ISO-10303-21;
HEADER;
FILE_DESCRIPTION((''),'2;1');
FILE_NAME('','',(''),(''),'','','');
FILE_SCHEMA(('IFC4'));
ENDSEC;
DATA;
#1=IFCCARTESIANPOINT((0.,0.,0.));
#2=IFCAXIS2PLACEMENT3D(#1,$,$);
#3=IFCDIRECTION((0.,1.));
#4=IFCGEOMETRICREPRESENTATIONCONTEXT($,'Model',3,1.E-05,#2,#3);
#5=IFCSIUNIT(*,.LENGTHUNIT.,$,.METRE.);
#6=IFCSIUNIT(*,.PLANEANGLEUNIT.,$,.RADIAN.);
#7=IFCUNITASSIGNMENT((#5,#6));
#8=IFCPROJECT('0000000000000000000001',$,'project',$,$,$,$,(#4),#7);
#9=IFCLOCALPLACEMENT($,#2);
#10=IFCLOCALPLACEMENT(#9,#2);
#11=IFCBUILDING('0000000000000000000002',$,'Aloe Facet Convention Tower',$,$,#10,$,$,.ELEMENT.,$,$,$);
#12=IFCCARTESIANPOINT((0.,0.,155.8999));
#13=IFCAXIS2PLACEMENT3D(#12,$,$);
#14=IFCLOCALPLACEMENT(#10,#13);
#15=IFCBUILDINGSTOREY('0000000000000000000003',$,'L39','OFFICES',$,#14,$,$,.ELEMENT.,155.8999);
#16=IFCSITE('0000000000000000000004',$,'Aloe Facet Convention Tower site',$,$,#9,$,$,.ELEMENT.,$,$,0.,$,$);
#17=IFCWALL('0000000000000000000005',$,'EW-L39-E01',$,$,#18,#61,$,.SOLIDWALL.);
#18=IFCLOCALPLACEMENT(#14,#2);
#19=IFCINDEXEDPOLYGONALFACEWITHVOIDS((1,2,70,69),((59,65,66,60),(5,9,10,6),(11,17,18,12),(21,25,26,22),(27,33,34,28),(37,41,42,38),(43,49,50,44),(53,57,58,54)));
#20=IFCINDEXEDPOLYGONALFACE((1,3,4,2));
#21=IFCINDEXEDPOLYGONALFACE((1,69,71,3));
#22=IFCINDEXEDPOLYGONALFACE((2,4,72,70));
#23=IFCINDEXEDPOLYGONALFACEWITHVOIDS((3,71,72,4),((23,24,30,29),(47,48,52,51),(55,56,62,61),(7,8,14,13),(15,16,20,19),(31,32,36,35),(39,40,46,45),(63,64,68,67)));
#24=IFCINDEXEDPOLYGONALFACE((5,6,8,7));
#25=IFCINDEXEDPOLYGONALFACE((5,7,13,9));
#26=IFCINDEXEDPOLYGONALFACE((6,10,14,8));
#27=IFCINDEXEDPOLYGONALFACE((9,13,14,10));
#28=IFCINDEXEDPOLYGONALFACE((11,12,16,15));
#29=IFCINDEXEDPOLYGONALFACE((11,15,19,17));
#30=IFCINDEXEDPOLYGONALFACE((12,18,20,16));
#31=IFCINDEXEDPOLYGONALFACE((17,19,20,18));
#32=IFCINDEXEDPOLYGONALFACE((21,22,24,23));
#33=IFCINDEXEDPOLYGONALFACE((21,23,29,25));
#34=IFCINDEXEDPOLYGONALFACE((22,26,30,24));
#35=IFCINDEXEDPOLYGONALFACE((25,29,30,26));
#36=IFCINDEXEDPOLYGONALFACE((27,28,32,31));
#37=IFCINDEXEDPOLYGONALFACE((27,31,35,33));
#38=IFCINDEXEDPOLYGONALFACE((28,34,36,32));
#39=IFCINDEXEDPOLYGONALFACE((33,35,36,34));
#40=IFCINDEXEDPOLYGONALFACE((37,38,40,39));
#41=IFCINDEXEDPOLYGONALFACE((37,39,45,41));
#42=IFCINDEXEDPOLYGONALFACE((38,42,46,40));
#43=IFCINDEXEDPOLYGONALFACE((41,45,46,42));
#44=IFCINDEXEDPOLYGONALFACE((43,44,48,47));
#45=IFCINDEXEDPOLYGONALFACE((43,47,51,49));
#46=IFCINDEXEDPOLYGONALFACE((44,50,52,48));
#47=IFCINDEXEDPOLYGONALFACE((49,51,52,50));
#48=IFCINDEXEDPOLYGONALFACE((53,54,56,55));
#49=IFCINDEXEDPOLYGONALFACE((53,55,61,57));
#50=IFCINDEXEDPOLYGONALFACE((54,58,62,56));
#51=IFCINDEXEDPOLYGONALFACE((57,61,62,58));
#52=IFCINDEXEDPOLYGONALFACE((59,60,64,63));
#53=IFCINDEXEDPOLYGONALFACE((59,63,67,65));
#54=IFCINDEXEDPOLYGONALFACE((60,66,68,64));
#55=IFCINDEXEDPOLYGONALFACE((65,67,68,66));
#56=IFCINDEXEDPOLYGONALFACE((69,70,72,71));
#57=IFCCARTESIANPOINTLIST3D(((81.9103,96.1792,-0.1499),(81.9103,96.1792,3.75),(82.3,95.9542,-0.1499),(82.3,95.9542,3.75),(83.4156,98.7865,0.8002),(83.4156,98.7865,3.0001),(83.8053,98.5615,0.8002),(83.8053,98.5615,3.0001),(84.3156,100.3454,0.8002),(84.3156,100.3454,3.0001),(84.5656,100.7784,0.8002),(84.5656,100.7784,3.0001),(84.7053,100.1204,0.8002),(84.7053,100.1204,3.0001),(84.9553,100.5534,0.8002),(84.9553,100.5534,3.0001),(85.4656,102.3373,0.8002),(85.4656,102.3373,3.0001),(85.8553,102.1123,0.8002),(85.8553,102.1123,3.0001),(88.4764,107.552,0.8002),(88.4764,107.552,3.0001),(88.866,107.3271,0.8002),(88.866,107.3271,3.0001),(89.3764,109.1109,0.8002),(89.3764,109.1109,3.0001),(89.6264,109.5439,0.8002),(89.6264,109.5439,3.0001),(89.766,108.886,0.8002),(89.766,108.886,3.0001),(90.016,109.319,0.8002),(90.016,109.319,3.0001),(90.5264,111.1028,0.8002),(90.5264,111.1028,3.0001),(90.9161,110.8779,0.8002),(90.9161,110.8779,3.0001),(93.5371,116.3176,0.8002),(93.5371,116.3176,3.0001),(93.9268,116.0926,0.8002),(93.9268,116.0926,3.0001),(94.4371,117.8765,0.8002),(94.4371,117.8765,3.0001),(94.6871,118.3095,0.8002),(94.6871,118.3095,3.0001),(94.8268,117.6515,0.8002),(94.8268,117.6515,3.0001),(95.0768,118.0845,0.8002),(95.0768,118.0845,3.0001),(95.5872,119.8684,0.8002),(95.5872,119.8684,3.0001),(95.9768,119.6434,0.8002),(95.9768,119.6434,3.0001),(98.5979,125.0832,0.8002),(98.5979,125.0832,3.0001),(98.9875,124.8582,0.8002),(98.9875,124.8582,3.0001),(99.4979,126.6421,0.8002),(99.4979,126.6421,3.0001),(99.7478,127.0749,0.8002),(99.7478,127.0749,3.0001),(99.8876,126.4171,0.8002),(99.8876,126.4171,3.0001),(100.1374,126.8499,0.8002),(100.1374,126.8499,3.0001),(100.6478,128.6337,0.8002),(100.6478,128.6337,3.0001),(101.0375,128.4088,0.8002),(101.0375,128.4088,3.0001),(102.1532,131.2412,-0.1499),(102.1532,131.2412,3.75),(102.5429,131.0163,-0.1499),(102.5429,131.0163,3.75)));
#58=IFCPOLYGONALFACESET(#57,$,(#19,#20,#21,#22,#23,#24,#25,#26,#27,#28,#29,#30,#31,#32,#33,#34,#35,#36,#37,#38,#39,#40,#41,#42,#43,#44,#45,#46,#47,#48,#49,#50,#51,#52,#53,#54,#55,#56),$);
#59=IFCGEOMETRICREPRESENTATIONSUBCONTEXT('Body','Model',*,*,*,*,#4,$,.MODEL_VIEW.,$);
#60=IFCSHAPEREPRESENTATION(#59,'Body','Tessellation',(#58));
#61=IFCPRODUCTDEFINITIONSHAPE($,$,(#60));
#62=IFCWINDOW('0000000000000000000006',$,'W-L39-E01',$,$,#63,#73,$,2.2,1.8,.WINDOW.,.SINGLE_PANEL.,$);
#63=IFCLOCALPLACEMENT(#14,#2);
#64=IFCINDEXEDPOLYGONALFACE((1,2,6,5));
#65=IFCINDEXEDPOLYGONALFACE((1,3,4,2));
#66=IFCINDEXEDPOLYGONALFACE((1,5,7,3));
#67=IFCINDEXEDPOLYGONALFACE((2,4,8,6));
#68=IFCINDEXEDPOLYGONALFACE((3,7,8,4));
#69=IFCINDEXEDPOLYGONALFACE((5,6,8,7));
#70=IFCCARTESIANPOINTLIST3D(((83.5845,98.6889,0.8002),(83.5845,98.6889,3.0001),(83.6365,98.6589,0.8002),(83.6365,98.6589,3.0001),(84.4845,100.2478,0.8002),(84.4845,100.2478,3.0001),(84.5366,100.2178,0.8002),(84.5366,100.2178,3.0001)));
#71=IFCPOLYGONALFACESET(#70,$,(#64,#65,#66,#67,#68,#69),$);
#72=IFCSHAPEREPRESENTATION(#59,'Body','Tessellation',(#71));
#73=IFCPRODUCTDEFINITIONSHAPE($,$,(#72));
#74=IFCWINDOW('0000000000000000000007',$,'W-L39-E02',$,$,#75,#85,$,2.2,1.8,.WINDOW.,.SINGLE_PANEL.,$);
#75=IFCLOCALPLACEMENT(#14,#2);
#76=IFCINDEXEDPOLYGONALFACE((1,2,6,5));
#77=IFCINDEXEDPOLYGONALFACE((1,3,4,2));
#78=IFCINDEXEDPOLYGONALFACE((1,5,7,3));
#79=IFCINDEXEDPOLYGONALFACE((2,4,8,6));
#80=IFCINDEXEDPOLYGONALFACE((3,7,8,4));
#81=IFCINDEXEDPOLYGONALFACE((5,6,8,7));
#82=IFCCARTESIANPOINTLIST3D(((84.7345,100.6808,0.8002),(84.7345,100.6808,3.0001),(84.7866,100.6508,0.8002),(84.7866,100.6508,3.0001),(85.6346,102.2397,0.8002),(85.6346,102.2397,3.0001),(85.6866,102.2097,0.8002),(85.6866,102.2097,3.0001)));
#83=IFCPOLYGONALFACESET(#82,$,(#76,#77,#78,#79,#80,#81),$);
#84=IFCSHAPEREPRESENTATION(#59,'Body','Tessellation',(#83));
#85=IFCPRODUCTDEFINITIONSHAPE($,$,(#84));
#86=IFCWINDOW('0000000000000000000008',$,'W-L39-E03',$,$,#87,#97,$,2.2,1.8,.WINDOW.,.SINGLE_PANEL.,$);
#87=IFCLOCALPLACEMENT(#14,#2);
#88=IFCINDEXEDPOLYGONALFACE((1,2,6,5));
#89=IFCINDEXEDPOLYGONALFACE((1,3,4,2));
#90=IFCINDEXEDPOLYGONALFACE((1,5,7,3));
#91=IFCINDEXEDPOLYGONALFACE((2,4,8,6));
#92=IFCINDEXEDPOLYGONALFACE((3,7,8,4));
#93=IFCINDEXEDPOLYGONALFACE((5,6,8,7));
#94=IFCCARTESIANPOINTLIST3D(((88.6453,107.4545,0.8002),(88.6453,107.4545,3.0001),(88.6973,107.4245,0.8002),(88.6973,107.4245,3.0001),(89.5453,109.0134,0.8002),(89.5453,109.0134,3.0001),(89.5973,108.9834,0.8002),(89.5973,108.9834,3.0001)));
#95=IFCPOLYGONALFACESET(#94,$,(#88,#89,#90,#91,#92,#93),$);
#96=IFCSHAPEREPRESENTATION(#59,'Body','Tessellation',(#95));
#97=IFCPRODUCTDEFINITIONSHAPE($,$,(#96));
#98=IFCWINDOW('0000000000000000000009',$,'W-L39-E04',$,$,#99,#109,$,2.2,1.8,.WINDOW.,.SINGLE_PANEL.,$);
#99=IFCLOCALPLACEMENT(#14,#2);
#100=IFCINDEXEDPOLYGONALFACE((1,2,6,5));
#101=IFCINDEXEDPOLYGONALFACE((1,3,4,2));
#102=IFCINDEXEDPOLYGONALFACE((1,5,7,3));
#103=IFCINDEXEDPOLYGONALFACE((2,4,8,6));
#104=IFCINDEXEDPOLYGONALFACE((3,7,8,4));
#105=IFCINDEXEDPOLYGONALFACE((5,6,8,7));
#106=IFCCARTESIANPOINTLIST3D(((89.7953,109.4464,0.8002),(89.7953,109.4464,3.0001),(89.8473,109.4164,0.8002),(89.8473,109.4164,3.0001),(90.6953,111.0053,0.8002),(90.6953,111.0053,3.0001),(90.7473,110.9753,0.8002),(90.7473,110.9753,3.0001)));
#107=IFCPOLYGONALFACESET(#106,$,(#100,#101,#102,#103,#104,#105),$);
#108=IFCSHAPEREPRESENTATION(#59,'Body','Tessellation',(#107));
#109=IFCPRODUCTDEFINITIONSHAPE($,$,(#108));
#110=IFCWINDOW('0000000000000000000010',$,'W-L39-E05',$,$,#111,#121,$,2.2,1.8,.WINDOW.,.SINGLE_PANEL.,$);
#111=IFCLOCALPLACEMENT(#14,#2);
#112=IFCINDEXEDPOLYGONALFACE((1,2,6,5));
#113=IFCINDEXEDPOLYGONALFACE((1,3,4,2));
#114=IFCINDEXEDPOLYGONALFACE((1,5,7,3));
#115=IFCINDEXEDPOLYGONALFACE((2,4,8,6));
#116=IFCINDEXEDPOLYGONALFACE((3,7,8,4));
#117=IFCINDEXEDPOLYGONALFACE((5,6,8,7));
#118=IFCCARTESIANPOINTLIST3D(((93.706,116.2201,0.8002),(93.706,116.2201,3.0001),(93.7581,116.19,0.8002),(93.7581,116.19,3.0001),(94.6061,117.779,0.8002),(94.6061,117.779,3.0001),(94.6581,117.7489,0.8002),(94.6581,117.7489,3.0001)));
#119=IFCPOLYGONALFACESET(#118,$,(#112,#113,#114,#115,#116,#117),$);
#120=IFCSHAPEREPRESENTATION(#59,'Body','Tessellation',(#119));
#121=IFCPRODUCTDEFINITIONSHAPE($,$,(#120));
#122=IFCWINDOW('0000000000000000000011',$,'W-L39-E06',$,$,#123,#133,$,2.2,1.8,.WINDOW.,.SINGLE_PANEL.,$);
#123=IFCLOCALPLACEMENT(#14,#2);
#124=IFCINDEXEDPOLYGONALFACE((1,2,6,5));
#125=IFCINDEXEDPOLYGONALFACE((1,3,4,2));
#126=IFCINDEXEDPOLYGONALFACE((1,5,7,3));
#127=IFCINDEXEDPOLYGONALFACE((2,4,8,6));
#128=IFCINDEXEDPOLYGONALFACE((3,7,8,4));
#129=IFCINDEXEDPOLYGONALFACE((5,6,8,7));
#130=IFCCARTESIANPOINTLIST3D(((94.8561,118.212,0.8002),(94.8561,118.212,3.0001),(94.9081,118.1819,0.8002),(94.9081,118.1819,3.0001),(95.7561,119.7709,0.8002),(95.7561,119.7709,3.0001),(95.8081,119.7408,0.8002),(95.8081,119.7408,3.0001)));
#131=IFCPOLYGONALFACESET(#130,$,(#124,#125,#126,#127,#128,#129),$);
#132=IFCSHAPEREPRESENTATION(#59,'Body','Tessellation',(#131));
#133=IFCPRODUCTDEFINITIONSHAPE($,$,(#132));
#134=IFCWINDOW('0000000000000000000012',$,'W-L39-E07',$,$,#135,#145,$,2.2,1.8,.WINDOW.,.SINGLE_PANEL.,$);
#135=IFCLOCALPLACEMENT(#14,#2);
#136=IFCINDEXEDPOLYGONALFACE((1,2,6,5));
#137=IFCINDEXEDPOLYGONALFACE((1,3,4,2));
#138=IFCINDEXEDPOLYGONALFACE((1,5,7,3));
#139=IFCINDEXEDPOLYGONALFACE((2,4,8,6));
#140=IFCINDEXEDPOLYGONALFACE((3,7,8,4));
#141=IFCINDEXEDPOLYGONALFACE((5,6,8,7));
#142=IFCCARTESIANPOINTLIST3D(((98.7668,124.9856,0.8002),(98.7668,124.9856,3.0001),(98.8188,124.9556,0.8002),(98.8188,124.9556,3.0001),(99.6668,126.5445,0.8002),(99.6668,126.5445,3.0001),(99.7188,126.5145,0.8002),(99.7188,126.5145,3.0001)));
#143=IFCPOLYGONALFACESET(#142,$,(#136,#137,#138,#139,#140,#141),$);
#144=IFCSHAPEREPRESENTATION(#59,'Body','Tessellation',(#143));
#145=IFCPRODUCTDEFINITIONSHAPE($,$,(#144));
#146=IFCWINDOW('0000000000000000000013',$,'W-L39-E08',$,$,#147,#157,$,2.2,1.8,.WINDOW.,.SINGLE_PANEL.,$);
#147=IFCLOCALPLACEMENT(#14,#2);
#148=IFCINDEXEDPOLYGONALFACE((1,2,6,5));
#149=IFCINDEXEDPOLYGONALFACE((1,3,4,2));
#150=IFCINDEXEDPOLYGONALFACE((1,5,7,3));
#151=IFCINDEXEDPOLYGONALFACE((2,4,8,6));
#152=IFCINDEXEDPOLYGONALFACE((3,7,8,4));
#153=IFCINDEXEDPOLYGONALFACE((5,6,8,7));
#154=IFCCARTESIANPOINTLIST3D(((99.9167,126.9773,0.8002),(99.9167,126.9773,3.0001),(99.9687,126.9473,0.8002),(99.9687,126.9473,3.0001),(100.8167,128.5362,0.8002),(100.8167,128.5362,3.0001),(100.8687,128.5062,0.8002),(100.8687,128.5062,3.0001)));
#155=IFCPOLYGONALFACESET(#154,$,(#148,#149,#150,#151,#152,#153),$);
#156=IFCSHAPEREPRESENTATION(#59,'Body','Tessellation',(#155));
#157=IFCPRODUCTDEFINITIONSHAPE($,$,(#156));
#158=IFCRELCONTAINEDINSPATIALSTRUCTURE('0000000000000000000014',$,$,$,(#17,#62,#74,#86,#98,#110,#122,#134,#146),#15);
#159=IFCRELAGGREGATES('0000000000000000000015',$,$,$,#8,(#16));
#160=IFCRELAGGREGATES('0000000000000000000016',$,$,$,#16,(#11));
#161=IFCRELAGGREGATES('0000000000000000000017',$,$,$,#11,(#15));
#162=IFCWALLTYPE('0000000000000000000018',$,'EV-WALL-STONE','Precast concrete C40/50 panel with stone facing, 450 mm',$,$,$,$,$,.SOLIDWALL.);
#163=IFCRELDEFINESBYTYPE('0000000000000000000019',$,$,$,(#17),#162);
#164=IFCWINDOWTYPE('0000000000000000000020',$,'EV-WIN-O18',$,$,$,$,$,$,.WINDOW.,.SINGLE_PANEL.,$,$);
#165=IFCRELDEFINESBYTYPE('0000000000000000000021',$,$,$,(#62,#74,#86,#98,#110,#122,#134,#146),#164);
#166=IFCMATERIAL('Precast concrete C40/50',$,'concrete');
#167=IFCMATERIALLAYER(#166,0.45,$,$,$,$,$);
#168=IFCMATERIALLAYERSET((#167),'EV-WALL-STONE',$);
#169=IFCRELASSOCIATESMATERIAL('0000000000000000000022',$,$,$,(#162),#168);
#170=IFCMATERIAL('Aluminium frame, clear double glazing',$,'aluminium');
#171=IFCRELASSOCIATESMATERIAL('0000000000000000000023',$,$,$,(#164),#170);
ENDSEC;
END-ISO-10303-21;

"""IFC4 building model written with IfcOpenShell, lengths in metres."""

from ifc_helpers import new_model, si_unit, direction, frame, frame_2d, origin, place, context, subcontext, project, spatial, polyline, rectangle, outline, extrude, material, layer, layer_set, type_object, element, fill, save


model = new_model("IFC4")

# Units and contexts
model_context = context("Model", 3, precision=1e-05, world=origin(), true_north=direction((0.0, 1.0)))
body_context = subcontext(model_context, "Body", "Model", "MODEL_VIEW")
ifc_project = project(units=[si_unit("LENGTHUNIT", "METRE"), si_unit("PLANEANGLEUNIT", "RADIAN")], contexts=[model_context])

# Site, building, storey
site_placement = place(None, origin())
site = spatial("IfcSite", under=ifc_project, at=site_placement, Name="Aloe Facet Convention Tower site", CompositionType="ELEMENT", RefElevation=0.0)
building_placement = place(site_placement, origin())
building = spatial("IfcBuilding", under=site, at=building_placement, Name="Aloe Facet Convention Tower", CompositionType="ELEMENT")
storey_placement = place(building_placement, frame((0.0, 0.0, 155.8999)))
storey = spatial("IfcBuildingStorey", under=building, at=storey_placement, Name="L39", Description="OFFICES", CompositionType="ELEMENT", Elevation=155.8999)

# Wall, openings, windows
ifc_material_1 = material(Name="Precast concrete C40/50", Category="concrete")
ifc_layer_1 = layer(ifc_material_1, 0.45)
ifc_layer_set_1 = layer_set([ifc_layer_1], Name="EV-WALL-STONE")
wall_type_1 = type_object("IfcWallType", Name="EV-WALL-STONE", Description="Precast concrete C40/50 panel with stone facing, 450 mm", PredefinedType="SOLIDWALL", material=ifc_layer_set_1)
wall_1_placement = place(storey_placement, frame((82.1052, 96.0667, -0.1499), z_axis=(0.0, 0.0, 1.0), x_axis=(0.499997, 0.866027, 0.0)))
wall_1 = element("IfcWall", 1, at=wall_1_placement, inside=storey, type_object=wall_type_1, Name="EW-L39-E01", PredefinedType="SOLIDWALL", context=body_context, shape_type="SweptSolid", body=[
    extrude(outline(polyline([(40.4861, 0.0), (40.4861, 3.8999), (0.0, 3.8999), (0.0, 0.0), (40.4861, 0.0)])), frame((0.0, 0.2251, 0.0), z_axis=(0.0, -1.0, 0.0), x_axis=(1.0, 0.0, 0.0)), (0.0, 0.0, 1.0), 0.45),
])
opening_1_placement = place(wall_1_placement, frame((3.0107, 0.0, 0.95)))
opening_1 = element("IfcOpeningElement", 2, at=opening_1_placement, cuts=wall_1, PredefinedType="OPENING", context=body_context, shape_type="SweptSolid", body=[
    extrude(rectangle(XDim=1.8, YDim=2.2, at=frame_2d((0.8999, 1.1001))), frame((0.0, 0.2349, 0.0), z_axis=(0.0, -1.0, 0.0), x_axis=(1.0, 0.0, 0.0)), (0.0, 0.0, 1.0), 0.47),
])
opening_2_placement = place(wall_1_placement, frame((5.3108, 0.0, 0.95)))
opening_2 = element("IfcOpeningElement", 3, at=opening_2_placement, cuts=wall_1, PredefinedType="OPENING", context=body_context, shape_type="SweptSolid", body=[
    extrude(rectangle(XDim=1.8, YDim=2.2, at=frame_2d((0.8999, 1.1001))), frame((0.0, 0.2349, 0.0), z_axis=(0.0, -1.0, 0.0), x_axis=(1.0, 0.0, 0.0)), (0.0, 0.0, 1.0), 0.47),
])
opening_3_placement = place(wall_1_placement, frame((13.1323, 0.0, 0.95)))
opening_3 = element("IfcOpeningElement", 4, at=opening_3_placement, cuts=wall_1, PredefinedType="OPENING", context=body_context, shape_type="SweptSolid", body=[
    extrude(rectangle(XDim=1.8, YDim=2.2, at=frame_2d((0.8999, 1.1001))), frame((0.0, 0.2349, 0.0), z_axis=(0.0, -1.0, 0.0), x_axis=(1.0, 0.0, 0.0)), (0.0, 0.0, 1.0), 0.47),
])
opening_4_placement = place(wall_1_placement, frame((15.4324, 0.0, 0.95)))
opening_4 = element("IfcOpeningElement", 5, at=opening_4_placement, cuts=wall_1, PredefinedType="OPENING", context=body_context, shape_type="SweptSolid", body=[
    extrude(rectangle(XDim=1.8, YDim=2.2, at=frame_2d((0.8999, 1.1001))), frame((0.0, 0.2349, 0.0), z_axis=(0.0, -1.0, 0.0), x_axis=(1.0, 0.0, 0.0)), (0.0, 0.0, 1.0), 0.47),
])
opening_5_placement = place(wall_1_placement, frame((23.2539, 0.0, 0.95)))
opening_5 = element("IfcOpeningElement", 6, at=opening_5_placement, cuts=wall_1, PredefinedType="OPENING", context=body_context, shape_type="SweptSolid", body=[
    extrude(rectangle(XDim=1.8, YDim=2.2, at=frame_2d((0.8999, 1.1001))), frame((0.0, 0.2349, 0.0), z_axis=(0.0, -1.0, 0.0), x_axis=(1.0, 0.0, 0.0)), (0.0, 0.0, 1.0), 0.47),
])
opening_6_placement = place(wall_1_placement, frame((25.554, 0.0, 0.95)))
opening_6 = element("IfcOpeningElement", 7, at=opening_6_placement, cuts=wall_1, PredefinedType="OPENING", context=body_context, shape_type="SweptSolid", body=[
    extrude(rectangle(XDim=1.8, YDim=2.2, at=frame_2d((0.8999, 1.1001))), frame((0.0, 0.2349, 0.0), z_axis=(0.0, -1.0, 0.0), x_axis=(1.0, 0.0, 0.0)), (0.0, 0.0, 1.0), 0.47),
])
opening_7_placement = place(wall_1_placement, frame((33.3755, 0.0, 0.95)))
opening_7 = element("IfcOpeningElement", 8, at=opening_7_placement, cuts=wall_1, PredefinedType="OPENING", context=body_context, shape_type="SweptSolid", body=[
    extrude(rectangle(XDim=1.8, YDim=2.2, at=frame_2d((0.8999, 1.1001))), frame((0.0, 0.2349, 0.0), z_axis=(0.0, -1.0, 0.0), x_axis=(1.0, 0.0, 0.0)), (0.0, 0.0, 1.0), 0.47),
])
opening_8_placement = place(wall_1_placement, frame((35.6753, 0.0, 0.95)))
opening_8 = element("IfcOpeningElement", 9, at=opening_8_placement, cuts=wall_1, PredefinedType="OPENING", context=body_context, shape_type="SweptSolid", body=[
    extrude(rectangle(XDim=1.8, YDim=2.2, at=frame_2d((0.8999, 1.1001))), frame((0.0, 0.2349, 0.0), z_axis=(0.0, -1.0, 0.0), x_axis=(1.0, 0.0, 0.0)), (0.0, 0.0, 1.0), 0.47),
])
ifc_material_2 = material(Name="Aluminium frame, clear double glazing", Category="aluminium")
window_type = type_object("IfcWindowType", Name="EV-WIN-O18", PartitioningType="SINGLE_PANEL", PredefinedType="WINDOW", material=ifc_material_2)
window_1_placement = place(opening_1_placement, origin())
window_1 = element("IfcWindow", 10, at=window_1_placement, inside=storey, type_object=window_type, Name="W-L39-E01", OverallHeight=2.2, OverallWidth=1.8, PartitioningType="SINGLE_PANEL", PredefinedType="WINDOW", context=body_context, shape_type="SweptSolid", body=[
    extrude(rectangle(XDim=1.8, YDim=2.2, at=frame_2d((0.8999, 1.1001))), frame((0.0, 0.03, 0.0), z_axis=(0.0, -1.0, 0.0), x_axis=(1.0, 0.0, 0.0)), (0.0, 0.0, 1.0), 0.0601),
])
fill(opening_1, window_1)
window_2_placement = place(opening_2_placement, origin())
window_2 = element("IfcWindow", 11, at=window_2_placement, inside=storey, type_object=window_type, Name="W-L39-E02", OverallHeight=2.2, OverallWidth=1.8, PartitioningType="SINGLE_PANEL", PredefinedType="WINDOW", context=body_context, shape_type="SweptSolid", body=[
    extrude(rectangle(XDim=1.8, YDim=2.2, at=frame_2d((0.8999, 1.1001))), frame((0.0, 0.03, 0.0), z_axis=(0.0, -1.0, 0.0), x_axis=(1.0, 0.0, 0.0)), (0.0, 0.0, 1.0), 0.0601),
])
fill(opening_2, window_2)
window_3_placement = place(opening_3_placement, origin())
window_3 = element("IfcWindow", 12, at=window_3_placement, inside=storey, type_object=window_type, Name="W-L39-E03", OverallHeight=2.2, OverallWidth=1.8, PartitioningType="SINGLE_PANEL", PredefinedType="WINDOW", context=body_context, shape_type="SweptSolid", body=[
    extrude(rectangle(XDim=1.8, YDim=2.2, at=frame_2d((0.8999, 1.1001))), frame((0.0, 0.03, 0.0), z_axis=(0.0, -1.0, 0.0), x_axis=(1.0, 0.0, 0.0)), (0.0, 0.0, 1.0), 0.0601),
])
fill(opening_3, window_3)
window_4_placement = place(opening_4_placement, origin())
window_4 = element("IfcWindow", 13, at=window_4_placement, inside=storey, type_object=window_type, Name="W-L39-E04", OverallHeight=2.2, OverallWidth=1.8, PartitioningType="SINGLE_PANEL", PredefinedType="WINDOW", context=body_context, shape_type="SweptSolid", body=[
    extrude(rectangle(XDim=1.8, YDim=2.2, at=frame_2d((0.8999, 1.1001))), frame((0.0, 0.03, 0.0), z_axis=(0.0, -1.0, 0.0), x_axis=(1.0, 0.0, 0.0)), (0.0, 0.0, 1.0), 0.0601),
])
fill(opening_4, window_4)
window_5_placement = place(opening_5_placement, origin())
window_5 = element("IfcWindow", 14, at=window_5_placement, inside=storey, type_object=window_type, Name="W-L39-E05", OverallHeight=2.2, OverallWidth=1.8, PartitioningType="SINGLE_PANEL", PredefinedType="WINDOW", context=body_context, shape_type="SweptSolid", body=[
    extrude(rectangle(XDim=1.8, YDim=2.2, at=frame_2d((0.8999, 1.1001))), frame((0.0, 0.03, 0.0), z_axis=(0.0, -1.0, 0.0), x_axis=(1.0, 0.0, 0.0)), (0.0, 0.0, 1.0), 0.0601),
])
fill(opening_5, window_5)
window_6_placement = place(opening_6_placement, origin())
window_6 = element("IfcWindow", 15, at=window_6_placement, inside=storey, type_object=window_type, Name="W-L39-E06", OverallHeight=2.2, OverallWidth=1.8, PartitioningType="SINGLE_PANEL", PredefinedType="WINDOW", context=body_context, shape_type="SweptSolid", body=[
    extrude(rectangle(XDim=1.8, YDim=2.2, at=frame_2d((0.8999, 1.1001))), frame((0.0, 0.03, 0.0), z_axis=(0.0, -1.0, 0.0), x_axis=(1.0, 0.0, 0.0)), (0.0, 0.0, 1.0), 0.0601),
])
fill(opening_6, window_6)
window_7_placement = place(opening_7_placement, origin())
window_7 = element("IfcWindow", 16, at=window_7_placement, inside=storey, type_object=window_type, Name="W-L39-E07", OverallHeight=2.2, OverallWidth=1.8, PartitioningType="SINGLE_PANEL", PredefinedType="WINDOW", context=body_context, shape_type="SweptSolid", body=[
    extrude(rectangle(XDim=1.8, YDim=2.2, at=frame_2d((0.8999, 1.1001))), frame((0.0, 0.03, 0.0), z_axis=(0.0, -1.0, 0.0), x_axis=(1.0, 0.0, 0.0)), (0.0, 0.0, 1.0), 0.0601),
])
fill(opening_7, window_7)
window_8_placement = place(opening_8_placement, origin())
window_8 = element("IfcWindow", 17, at=window_8_placement, inside=storey, type_object=window_type, Name="W-L39-E08", OverallHeight=2.2, OverallWidth=1.8, PartitioningType="SINGLE_PANEL", PredefinedType="WINDOW", context=body_context, shape_type="SweptSolid", body=[
    extrude(rectangle(XDim=1.8, YDim=2.2, at=frame_2d((0.8999, 1.1001))), frame((0.0, 0.03, 0.0), z_axis=(0.0, -1.0, 0.0), x_axis=(1.0, 0.0, 0.0)), (0.0, 0.0, 1.0), 0.0601),
])
fill(opening_8, window_8)

save(model, "model.ifc")
